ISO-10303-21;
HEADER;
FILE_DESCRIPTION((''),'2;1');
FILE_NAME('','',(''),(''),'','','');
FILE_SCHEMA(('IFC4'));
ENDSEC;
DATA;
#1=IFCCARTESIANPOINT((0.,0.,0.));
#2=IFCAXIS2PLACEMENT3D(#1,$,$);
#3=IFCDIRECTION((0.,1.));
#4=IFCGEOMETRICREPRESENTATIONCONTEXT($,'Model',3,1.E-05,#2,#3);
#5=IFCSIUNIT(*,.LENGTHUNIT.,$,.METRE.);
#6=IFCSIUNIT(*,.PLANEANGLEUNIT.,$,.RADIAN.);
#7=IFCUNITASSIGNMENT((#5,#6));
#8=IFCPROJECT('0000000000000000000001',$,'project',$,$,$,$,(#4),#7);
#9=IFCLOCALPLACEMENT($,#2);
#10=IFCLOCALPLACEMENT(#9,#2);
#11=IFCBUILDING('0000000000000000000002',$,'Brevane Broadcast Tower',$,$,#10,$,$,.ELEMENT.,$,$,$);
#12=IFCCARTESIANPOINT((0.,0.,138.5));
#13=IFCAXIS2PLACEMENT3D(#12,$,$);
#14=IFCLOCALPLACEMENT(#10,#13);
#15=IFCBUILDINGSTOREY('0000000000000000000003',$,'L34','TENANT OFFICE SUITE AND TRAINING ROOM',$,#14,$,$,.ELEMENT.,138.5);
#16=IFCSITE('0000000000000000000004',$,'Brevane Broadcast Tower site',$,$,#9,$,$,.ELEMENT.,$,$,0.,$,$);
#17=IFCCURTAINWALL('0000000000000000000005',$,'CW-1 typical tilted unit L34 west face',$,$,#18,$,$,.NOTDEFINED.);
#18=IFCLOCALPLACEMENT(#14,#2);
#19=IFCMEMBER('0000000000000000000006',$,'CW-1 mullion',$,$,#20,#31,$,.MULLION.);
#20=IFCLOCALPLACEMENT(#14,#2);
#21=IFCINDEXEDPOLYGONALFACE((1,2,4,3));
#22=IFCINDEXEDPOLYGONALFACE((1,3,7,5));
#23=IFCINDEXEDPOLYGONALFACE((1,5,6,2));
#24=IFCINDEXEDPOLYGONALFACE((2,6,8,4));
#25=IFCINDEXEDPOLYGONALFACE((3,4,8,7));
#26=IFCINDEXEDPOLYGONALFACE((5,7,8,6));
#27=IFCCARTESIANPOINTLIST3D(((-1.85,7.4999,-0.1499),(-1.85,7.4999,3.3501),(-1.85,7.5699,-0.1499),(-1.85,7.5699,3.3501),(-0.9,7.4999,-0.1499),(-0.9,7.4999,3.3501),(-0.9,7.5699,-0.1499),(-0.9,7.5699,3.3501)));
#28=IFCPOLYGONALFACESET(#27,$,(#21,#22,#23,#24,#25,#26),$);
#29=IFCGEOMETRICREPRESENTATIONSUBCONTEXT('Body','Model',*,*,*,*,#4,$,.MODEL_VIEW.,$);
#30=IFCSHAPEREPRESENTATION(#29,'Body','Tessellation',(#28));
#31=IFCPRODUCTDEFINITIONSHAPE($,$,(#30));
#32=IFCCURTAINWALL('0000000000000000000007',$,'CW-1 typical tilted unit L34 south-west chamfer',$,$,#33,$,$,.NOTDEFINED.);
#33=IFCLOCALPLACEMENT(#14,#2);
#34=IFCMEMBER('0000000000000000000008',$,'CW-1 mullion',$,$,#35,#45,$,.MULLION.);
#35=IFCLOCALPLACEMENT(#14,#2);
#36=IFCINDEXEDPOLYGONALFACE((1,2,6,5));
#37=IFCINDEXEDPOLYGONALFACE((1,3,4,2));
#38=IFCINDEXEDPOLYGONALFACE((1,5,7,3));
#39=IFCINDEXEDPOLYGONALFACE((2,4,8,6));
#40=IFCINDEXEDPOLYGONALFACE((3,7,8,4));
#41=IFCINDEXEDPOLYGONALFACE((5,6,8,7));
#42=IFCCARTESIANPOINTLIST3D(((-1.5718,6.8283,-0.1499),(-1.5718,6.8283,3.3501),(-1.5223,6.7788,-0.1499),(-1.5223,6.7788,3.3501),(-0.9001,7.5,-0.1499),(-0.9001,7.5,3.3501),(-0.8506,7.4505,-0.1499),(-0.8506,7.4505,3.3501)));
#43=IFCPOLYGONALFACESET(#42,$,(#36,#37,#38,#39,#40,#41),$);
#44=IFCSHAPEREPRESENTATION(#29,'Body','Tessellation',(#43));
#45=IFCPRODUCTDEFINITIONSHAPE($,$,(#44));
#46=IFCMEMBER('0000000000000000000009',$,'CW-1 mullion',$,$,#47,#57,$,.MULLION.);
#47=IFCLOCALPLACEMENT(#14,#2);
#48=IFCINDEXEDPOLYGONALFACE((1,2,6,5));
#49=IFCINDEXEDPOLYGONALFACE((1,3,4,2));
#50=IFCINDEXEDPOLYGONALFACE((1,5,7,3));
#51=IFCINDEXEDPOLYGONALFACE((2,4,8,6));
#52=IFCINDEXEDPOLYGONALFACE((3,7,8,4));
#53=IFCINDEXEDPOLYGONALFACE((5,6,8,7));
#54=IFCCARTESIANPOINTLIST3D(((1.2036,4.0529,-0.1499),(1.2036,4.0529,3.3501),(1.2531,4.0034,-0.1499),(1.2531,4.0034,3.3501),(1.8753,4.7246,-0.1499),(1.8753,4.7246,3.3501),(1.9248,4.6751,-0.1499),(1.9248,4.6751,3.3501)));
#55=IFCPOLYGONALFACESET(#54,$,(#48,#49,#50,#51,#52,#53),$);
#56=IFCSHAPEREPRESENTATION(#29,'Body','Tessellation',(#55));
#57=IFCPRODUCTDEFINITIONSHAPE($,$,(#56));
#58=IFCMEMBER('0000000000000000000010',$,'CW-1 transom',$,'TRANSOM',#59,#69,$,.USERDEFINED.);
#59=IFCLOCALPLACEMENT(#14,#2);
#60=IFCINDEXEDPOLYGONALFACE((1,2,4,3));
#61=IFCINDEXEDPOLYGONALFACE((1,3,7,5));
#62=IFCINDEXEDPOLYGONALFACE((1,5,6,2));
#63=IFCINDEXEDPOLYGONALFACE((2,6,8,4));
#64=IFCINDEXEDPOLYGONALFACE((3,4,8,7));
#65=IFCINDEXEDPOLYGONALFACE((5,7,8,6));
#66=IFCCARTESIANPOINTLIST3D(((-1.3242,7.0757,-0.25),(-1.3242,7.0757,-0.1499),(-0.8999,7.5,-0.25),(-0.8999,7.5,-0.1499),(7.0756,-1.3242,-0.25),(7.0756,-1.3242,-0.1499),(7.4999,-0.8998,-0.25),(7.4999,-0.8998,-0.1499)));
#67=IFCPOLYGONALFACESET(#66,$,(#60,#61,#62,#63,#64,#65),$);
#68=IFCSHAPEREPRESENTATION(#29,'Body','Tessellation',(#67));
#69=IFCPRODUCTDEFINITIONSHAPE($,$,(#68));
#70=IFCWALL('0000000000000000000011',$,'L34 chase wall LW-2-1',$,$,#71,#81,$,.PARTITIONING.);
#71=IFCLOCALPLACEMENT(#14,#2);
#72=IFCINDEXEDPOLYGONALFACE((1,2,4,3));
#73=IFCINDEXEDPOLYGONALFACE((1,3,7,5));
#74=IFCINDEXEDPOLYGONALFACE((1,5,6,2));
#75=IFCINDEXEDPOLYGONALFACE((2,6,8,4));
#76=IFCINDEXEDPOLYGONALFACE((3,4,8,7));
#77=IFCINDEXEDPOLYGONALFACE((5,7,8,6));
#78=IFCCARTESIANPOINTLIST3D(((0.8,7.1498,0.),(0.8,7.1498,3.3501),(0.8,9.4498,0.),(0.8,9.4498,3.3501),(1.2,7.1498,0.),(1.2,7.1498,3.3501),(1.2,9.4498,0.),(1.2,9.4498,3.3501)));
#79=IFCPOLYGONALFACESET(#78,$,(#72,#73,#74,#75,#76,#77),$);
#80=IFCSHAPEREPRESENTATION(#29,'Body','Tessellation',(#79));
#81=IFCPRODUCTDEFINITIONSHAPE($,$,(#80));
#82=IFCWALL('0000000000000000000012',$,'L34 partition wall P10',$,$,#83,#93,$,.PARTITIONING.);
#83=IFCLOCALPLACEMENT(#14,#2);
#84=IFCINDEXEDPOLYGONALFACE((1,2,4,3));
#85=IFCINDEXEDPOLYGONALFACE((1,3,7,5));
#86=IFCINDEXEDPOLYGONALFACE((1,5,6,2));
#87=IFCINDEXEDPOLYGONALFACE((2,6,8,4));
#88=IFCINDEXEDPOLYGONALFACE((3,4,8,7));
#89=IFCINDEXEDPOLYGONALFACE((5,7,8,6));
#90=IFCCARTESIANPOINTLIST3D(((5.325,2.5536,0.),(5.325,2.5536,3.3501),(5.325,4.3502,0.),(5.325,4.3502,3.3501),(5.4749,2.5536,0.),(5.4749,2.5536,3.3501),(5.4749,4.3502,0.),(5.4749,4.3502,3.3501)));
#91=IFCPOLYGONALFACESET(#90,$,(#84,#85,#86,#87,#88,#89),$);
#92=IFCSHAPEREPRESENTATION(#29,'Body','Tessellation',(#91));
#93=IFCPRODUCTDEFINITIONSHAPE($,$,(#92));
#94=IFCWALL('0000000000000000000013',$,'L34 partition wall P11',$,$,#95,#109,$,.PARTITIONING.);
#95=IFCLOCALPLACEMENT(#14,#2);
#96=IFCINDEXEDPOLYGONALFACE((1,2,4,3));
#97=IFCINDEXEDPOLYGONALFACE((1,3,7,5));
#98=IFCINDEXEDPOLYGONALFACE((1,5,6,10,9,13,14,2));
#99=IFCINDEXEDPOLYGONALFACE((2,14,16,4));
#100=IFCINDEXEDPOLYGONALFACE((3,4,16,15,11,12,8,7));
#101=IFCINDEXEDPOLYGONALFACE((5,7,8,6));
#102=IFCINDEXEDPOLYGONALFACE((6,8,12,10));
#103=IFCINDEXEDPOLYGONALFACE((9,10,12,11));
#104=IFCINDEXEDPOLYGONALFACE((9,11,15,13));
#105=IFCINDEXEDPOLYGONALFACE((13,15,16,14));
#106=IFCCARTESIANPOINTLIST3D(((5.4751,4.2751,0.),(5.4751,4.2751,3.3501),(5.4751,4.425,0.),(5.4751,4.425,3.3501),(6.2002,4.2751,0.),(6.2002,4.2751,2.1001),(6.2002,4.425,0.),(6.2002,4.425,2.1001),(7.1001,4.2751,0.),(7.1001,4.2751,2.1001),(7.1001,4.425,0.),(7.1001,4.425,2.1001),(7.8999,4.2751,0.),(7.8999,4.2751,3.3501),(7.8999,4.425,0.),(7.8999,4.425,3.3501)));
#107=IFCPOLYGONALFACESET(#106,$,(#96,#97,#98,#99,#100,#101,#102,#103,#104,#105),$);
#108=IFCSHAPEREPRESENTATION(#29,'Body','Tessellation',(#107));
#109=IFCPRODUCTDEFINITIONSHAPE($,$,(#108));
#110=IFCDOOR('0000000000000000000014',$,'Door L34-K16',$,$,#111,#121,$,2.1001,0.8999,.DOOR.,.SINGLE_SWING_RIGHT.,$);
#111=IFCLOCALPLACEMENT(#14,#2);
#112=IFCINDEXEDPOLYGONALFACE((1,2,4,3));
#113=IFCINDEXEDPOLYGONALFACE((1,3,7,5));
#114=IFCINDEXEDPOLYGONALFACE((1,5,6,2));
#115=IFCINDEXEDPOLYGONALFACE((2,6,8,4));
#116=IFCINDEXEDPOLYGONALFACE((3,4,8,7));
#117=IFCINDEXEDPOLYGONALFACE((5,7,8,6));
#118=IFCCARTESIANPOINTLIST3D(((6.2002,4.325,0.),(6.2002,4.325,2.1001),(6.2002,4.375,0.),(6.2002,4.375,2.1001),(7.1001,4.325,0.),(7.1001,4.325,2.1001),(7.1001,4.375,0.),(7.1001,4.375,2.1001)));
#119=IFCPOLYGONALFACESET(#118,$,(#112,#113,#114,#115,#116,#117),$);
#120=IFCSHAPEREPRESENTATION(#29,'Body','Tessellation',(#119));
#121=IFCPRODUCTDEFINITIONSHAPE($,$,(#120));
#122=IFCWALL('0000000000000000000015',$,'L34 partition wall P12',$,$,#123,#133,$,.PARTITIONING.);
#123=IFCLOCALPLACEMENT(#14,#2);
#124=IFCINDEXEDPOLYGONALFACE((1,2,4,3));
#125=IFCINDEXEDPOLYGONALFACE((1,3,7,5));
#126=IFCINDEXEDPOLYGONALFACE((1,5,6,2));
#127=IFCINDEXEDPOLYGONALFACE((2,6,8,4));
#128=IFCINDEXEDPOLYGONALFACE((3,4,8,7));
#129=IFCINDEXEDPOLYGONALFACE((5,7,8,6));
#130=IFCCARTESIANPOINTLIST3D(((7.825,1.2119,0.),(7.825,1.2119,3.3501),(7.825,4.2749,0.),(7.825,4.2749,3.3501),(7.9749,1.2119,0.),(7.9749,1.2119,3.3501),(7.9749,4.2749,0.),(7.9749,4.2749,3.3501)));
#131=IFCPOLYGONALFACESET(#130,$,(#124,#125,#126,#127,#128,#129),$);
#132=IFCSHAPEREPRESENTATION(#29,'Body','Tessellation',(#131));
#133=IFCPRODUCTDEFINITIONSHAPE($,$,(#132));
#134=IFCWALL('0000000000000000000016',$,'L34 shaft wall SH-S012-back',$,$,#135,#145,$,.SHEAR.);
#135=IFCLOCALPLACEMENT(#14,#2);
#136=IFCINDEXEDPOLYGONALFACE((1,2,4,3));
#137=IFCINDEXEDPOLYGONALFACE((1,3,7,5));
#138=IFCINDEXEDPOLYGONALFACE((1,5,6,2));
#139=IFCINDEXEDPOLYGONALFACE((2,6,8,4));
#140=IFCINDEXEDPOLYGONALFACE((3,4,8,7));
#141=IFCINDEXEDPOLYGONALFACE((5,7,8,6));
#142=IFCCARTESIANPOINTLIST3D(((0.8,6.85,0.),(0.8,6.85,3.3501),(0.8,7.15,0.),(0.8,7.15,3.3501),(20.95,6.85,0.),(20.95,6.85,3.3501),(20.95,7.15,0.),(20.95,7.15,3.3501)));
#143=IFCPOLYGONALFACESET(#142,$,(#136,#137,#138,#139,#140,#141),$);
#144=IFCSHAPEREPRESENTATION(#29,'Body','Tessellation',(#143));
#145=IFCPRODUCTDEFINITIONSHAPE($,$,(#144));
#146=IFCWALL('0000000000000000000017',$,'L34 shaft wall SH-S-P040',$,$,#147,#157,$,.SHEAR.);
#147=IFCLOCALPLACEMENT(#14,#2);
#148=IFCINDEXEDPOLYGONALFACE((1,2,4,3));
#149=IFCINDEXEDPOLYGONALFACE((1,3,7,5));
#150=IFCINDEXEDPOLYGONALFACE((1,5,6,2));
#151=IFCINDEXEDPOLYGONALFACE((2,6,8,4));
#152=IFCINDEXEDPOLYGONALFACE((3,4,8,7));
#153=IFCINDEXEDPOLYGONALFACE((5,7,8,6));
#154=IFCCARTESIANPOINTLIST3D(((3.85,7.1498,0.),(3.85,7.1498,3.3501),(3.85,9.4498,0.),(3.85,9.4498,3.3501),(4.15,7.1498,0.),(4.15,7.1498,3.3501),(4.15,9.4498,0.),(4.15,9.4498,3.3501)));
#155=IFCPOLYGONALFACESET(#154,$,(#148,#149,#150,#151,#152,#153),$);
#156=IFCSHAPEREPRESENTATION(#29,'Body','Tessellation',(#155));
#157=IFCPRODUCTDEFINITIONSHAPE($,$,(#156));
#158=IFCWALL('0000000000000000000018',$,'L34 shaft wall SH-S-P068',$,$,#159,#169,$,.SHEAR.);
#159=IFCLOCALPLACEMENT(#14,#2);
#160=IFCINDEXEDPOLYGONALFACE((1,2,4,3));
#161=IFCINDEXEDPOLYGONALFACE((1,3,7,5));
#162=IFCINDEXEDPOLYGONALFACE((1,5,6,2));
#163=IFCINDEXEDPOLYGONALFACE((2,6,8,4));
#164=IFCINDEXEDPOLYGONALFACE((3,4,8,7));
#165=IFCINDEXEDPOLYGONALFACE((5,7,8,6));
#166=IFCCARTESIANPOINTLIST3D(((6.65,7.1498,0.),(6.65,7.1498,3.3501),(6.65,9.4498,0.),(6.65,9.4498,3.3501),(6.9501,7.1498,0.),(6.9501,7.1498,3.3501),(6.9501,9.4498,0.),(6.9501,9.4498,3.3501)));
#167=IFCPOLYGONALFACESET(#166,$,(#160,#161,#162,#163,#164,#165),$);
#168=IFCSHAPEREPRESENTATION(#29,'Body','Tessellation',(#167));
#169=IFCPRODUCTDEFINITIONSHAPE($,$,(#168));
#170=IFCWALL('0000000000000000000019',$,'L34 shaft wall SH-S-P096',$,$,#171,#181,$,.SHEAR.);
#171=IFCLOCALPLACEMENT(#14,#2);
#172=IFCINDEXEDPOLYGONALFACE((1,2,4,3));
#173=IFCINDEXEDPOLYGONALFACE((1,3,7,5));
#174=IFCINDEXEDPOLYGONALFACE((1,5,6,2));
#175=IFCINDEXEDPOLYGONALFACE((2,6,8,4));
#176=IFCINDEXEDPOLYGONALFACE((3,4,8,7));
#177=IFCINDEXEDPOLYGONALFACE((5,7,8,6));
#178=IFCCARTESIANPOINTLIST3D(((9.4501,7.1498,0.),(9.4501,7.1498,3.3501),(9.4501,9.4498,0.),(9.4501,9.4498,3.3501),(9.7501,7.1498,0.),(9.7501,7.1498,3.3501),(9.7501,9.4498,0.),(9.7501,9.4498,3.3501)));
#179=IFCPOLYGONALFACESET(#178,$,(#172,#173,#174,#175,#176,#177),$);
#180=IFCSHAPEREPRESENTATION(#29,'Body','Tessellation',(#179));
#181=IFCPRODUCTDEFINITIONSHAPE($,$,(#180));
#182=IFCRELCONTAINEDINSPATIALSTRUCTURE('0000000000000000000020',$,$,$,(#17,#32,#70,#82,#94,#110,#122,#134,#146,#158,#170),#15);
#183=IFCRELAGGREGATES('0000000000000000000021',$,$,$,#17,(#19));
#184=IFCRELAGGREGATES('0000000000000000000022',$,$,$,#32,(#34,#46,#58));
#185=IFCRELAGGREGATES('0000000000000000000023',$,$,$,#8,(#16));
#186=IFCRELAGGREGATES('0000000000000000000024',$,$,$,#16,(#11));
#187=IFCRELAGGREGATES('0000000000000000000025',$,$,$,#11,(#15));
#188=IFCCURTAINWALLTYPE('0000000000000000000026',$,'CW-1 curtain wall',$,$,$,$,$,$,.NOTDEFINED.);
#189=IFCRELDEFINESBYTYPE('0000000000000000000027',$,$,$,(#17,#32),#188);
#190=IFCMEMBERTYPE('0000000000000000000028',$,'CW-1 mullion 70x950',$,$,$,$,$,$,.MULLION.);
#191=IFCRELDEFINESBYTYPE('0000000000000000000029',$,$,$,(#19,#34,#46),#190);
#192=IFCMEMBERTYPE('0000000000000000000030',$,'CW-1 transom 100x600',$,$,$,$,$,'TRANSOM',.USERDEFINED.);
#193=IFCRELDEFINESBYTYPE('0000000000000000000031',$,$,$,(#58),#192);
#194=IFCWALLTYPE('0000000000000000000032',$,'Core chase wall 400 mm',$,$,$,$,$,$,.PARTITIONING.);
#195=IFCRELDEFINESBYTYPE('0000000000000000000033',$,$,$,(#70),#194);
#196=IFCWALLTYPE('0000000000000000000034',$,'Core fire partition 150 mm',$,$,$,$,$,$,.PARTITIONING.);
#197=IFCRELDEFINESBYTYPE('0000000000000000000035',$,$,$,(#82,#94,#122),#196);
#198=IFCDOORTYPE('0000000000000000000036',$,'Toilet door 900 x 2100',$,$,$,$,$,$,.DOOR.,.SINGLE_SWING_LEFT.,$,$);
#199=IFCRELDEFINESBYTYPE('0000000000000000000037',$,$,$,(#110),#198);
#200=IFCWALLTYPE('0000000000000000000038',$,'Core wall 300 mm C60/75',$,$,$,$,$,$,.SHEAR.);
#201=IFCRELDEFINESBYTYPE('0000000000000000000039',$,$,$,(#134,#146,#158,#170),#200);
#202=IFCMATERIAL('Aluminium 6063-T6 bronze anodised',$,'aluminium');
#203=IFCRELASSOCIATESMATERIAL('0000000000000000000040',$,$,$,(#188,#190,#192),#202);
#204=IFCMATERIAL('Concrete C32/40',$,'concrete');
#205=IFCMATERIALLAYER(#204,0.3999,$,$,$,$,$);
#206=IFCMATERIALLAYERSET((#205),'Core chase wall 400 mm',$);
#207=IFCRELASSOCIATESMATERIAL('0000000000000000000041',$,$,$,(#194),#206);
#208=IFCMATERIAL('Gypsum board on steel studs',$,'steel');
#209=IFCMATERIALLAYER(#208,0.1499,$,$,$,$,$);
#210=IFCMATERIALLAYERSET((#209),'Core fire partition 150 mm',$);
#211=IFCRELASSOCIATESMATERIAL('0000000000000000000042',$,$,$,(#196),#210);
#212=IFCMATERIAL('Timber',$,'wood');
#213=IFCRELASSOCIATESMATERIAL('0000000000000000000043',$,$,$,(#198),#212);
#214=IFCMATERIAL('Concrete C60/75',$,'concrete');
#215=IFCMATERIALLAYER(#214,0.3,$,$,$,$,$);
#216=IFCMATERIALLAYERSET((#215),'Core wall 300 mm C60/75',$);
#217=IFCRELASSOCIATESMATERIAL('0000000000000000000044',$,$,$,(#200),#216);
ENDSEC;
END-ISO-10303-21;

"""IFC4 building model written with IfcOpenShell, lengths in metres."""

from ifc_helpers import new_model, si_unit, direction, frame, frame_2d, origin, origin_2d, place, context, subcontext, project, spatial, rectangle, extrude, material, layer, layer_set, material_profile, profile_set, type_object, element, fill, aggregate, save


model = new_model("IFC4")

# Units and contexts
model_context = context("Model", 3, precision=1e-05, world=origin(), true_north=direction((0.0, 1.0)))
body_context = subcontext(model_context, "Body", "Model", "MODEL_VIEW")
ifc_project = project(units=[si_unit("LENGTHUNIT", "METRE"), si_unit("PLANEANGLEUNIT", "RADIAN")], contexts=[model_context])

# Site, building, storey
site_placement = place(None, origin())
site = spatial("IfcSite", under=ifc_project, at=site_placement, Name="Brevane Broadcast Tower site", CompositionType="ELEMENT", RefElevation=0.0)
building_placement = place(site_placement, origin())
building = spatial("IfcBuilding", under=site, at=building_placement, Name="Brevane Broadcast Tower", CompositionType="ELEMENT")
storey_placement = place(building_placement, frame((0.0, 0.0, 138.5)))
storey = spatial("IfcBuildingStorey", under=building, at=storey_placement, Name="L34", Description="TENANT OFFICE SUITE AND TRAINING ROOM", CompositionType="ELEMENT", Elevation=138.5)

# Curtain wall, member
ifc_material_1 = material(Name="Aluminium 6063-T6 bronze anodised", Category="aluminium")
curtain_wall_type = type_object("IfcCurtainWallType", Name="CW-1 curtain wall", PredefinedType="NOTDEFINED", material=ifc_material_1)
curtain_wall_1_placement = place(storey_placement, origin())
curtain_wall_1 = element("IfcCurtainWall", 1, at=curtain_wall_1_placement, inside=storey, type_object=curtain_wall_type, Name="CW-1 typical tilted unit L34 west face", PredefinedType="NOTDEFINED")
ifc_material_profile_1 = material_profile(ifc_material_1, rectangle(XDim=0.95, YDim=0.0701, at=origin_2d()), Name="RECT 70x950")
ifc_profile_set_1 = profile_set([ifc_material_profile_1], Name="Aluminium 6063-T6 bronze anodised")
member_type_1 = type_object("IfcMemberType", Name="CW-1 mullion 70x950", PredefinedType="MULLION", material=ifc_profile_set_1)
member_1_placement = place(storey_placement, frame((-1.375, 7.5349, -0.1499), z_axis=(0.0, 0.0, 1.0), x_axis=(1.0, 0.0, 0.0)))
member_1 = element("IfcMember", 2, at=member_1_placement, type_object=member_type_1, Name="CW-1 mullion", PredefinedType="MULLION", context=body_context, shape_type="SweptSolid", body=[
    extrude(rectangle(XDim=0.95, YDim=0.0701, at=origin_2d()), origin(), (0.0, 0.0, 1.0), 3.5),
])
aggregate(curtain_wall_1, [member_1])

# Curtain wall, members
curtain_wall_2_placement = place(storey_placement, origin())
curtain_wall_2 = element("IfcCurtainWall", 3, at=curtain_wall_2_placement, inside=storey, type_object=curtain_wall_type, Name="CW-1 typical tilted unit L34 south-west chamfer", PredefinedType="NOTDEFINED")
member_2_placement = place(storey_placement, frame((-1.2112, 7.1394, -0.1499), z_axis=(0.0, 0.0, 1.0), x_axis=(0.707107, 0.707107, 0.0)))
member_2 = element("IfcMember", 4, at=member_2_placement, type_object=member_type_1, Name="CW-1 mullion", PredefinedType="MULLION", context=body_context, shape_type="SweptSolid", body=[
    extrude(rectangle(XDim=0.95, YDim=0.0701, at=origin_2d()), origin(), (0.0, 0.0, 1.0), 3.5),
])
member_3_placement = place(storey_placement, frame((1.5642, 4.364, -0.1499), z_axis=(0.0, 0.0, 1.0), x_axis=(0.707107, 0.707107, 0.0)))
member_3 = element("IfcMember", 5, at=member_3_placement, type_object=member_type_1, Name="CW-1 mullion", PredefinedType="MULLION", context=body_context, shape_type="SweptSolid", body=[
    extrude(rectangle(XDim=0.95, YDim=0.0701, at=origin_2d()), origin(), (0.0, 0.0, 1.0), 3.5),
])
ifc_material_profile_2 = material_profile(ifc_material_1, rectangle(XDim=0.6001, YDim=0.1001, at=origin_2d()), Name="RECT 100x600")
ifc_profile_set_2 = profile_set([ifc_material_profile_2], Name="Aluminium 6063-T6 bronze anodised")
member_type_2 = type_object("IfcMemberType", Name="CW-1 transom 100x600", ElementType="TRANSOM", PredefinedType="USERDEFINED", material=ifc_profile_set_2)
member_4_placement = place(storey_placement, frame((-1.1121, 7.2878, -0.2), z_axis=(0.707107, -0.707107, 0.0), x_axis=(0.707107, 0.707107, 0.0)))
member_4 = element("IfcMember", 6, at=member_4_placement, type_object=member_type_2, Name="CW-1 transom", ObjectType="TRANSOM", PredefinedType="USERDEFINED", context=body_context, shape_type="SweptSolid", body=[
    extrude(rectangle(XDim=0.6001, YDim=0.1001, at=origin_2d()), origin(), (0.0, 0.0, 1.0), 11.8792),
])
aggregate(curtain_wall_2, [member_2, member_3, member_4])

# Walls
ifc_material_2 = material(Name="Concrete C32/40", Category="concrete")
ifc_layer_1 = layer(ifc_material_2, 0.3999)
ifc_layer_set_1 = layer_set([ifc_layer_1], Name="Core chase wall 400 mm")
wall_type_1 = type_object("IfcWallType", Name="Core chase wall 400 mm", PredefinedType="PARTITIONING", material=ifc_layer_set_1)
wall_1_placement = place(storey_placement, frame((1.0, 7.1499, 0.0), z_axis=(0.0, 0.0, 1.0), x_axis=(0.0, 1.0, 0.0)))
element("IfcWall", 7, at=wall_1_placement, inside=storey, type_object=wall_type_1, Name="L34 chase wall LW-2-1", PredefinedType="PARTITIONING", context=body_context, shape_type="SweptSolid", body=[
    extrude(rectangle(XDim=2.3, YDim=0.3999, at=frame_2d((1.1499, 0.0))), origin(), (0.0, 0.0, 1.0), 3.3501),
])
ifc_material_3 = material(Name="Gypsum board on steel studs", Category="steel")
ifc_layer_2 = layer(ifc_material_3, 0.1499)
ifc_layer_set_2 = layer_set([ifc_layer_2], Name="Core fire partition 150 mm")
wall_type_2 = type_object("IfcWallType", Name="Core fire partition 150 mm", PredefinedType="PARTITIONING", material=ifc_layer_set_2)
wall_2_placement = place(storey_placement, frame((5.3999, 2.5535, 0.0), z_axis=(0.0, 0.0, 1.0), x_axis=(0.0, 1.0, 0.0)))
element("IfcWall", 8, at=wall_2_placement, inside=storey, type_object=wall_type_2, Name="L34 partition wall P10", PredefinedType="PARTITIONING", context=body_context, shape_type="SweptSolid", body=[
    extrude(rectangle(XDim=1.7966, YDim=0.1499, at=frame_2d((0.8984, 0.0))), origin(), (0.0, 0.0, 1.0), 3.3501),
])

# Wall, opening, door
wall_3_placement = place(storey_placement, frame((5.4751, 4.3501, 0.0), z_axis=(0.0, 0.0, 1.0), x_axis=(1.0, 0.0, 0.0)))
wall_3 = element("IfcWall", 9, at=wall_3_placement, inside=storey, type_object=wall_type_2, Name="L34 partition wall P11", PredefinedType="PARTITIONING", context=body_context, shape_type="SweptSolid", body=[
    extrude(rectangle(XDim=2.4248, YDim=0.1499, at=frame_2d((1.2124, 0.0))), origin(), (0.0, 0.0, 1.0), 3.3501),
])
opening_placement = place(wall_3_placement, frame((0.7251, 0.0, 0.0)))
opening = element("IfcOpeningElement", 10, at=opening_placement, cuts=wall_3, PredefinedType="OPENING", context=body_context, shape_type="SweptSolid", body=[
    extrude(rectangle(XDim=0.8999, YDim=2.1001, at=frame_2d((0.45, 1.05))), frame((0.0, 0.085, 0.0), z_axis=(0.0, -1.0, 0.0), x_axis=(1.0, 0.0, 0.0)), (0.0, 0.0, 1.0), 0.1699),
])
ifc_material_4 = material(Name="Timber", Category="wood")
door_type = type_object("IfcDoorType", Name="Toilet door 900 x 2100", OperationType="SINGLE_SWING_LEFT", PredefinedType="DOOR", material=ifc_material_4)
door_placement = place(opening_placement, origin())
door = element("IfcDoor", 11, at=door_placement, inside=storey, type_object=door_type, Name="Door L34-K16", OperationType="SINGLE_SWING_RIGHT", OverallHeight=2.1001, OverallWidth=0.8999, PredefinedType="DOOR", context=body_context, shape_type="SweptSolid", body=[
    extrude(rectangle(XDim=0.8999, YDim=2.1001, at=frame_2d((0.45, 1.05))), frame((0.0, 0.0249, 0.0), z_axis=(0.0, -1.0, 0.0), x_axis=(1.0, 0.0, 0.0)), (0.0, 0.0, 1.0), 0.05),
])
fill(opening, door)

# Walls
wall_4_placement = place(storey_placement, frame((7.8999, 4.2749, 0.0), z_axis=(0.0, 0.0, 1.0), x_axis=(0.0, -1.0, 0.0)))
element("IfcWall", 12, at=wall_4_placement, inside=storey, type_object=wall_type_2, Name="L34 partition wall P12", PredefinedType="PARTITIONING", context=body_context, shape_type="SweptSolid", body=[
    extrude(rectangle(XDim=3.063, YDim=0.1499, at=frame_2d((1.5315, 0.0))), origin(), (0.0, 0.0, 1.0), 3.3501),
])
ifc_material_5 = material(Name="Concrete C60/75", Category="concrete")
ifc_layer_3 = layer(ifc_material_5, 0.3)
ifc_layer_set_3 = layer_set([ifc_layer_3], Name="Core wall 300 mm C60/75")
wall_type_3 = type_object("IfcWallType", Name="Core wall 300 mm C60/75", PredefinedType="SHEAR", material=ifc_layer_set_3)
wall_5_placement = place(storey_placement, frame((0.8, 7.0, 0.0), z_axis=(0.0, 0.0, 1.0), x_axis=(1.0, 0.0, 0.0)))
element("IfcWall", 13, at=wall_5_placement, inside=storey, type_object=wall_type_3, Name="L34 shaft wall SH-S012-back", PredefinedType="SHEAR", context=body_context, shape_type="SweptSolid", body=[
    extrude(rectangle(XDim=20.1499, YDim=0.3, at=frame_2d((10.075, 0.0))), origin(), (0.0, 0.0, 1.0), 3.3501),
])
for number, where, z_axis, x_axis, name in (
    (14, (4.0, 7.1499, 0.0), (0.0, 0.0, 1.0), (0.0, 1.0, 0.0), "L34 shaft wall SH-S-P040"),
    (15, (6.8, 7.1499, 0.0), (0.0, 0.0, 1.0), (0.0, 1.0, 0.0), "L34 shaft wall SH-S-P068"),
    (16, (9.6001, 7.1499, 0.0), (0.0, 0.0, 1.0), (0.0, 1.0, 0.0), "L34 shaft wall SH-S-P096"),
):
    element("IfcWall", number, at=place(storey_placement, frame(where, z_axis=z_axis, x_axis=x_axis)), inside=storey, type_object=wall_type_3, Name=name, PredefinedType="SHEAR", context=body_context, shape_type="SweptSolid", body=[
        extrude(rectangle(XDim=2.3, YDim=0.3, at=frame_2d((1.1499, 0.0))), origin(), (0.0, 0.0, 1.0), 3.3501),
    ])

save(model, "model.ifc")
